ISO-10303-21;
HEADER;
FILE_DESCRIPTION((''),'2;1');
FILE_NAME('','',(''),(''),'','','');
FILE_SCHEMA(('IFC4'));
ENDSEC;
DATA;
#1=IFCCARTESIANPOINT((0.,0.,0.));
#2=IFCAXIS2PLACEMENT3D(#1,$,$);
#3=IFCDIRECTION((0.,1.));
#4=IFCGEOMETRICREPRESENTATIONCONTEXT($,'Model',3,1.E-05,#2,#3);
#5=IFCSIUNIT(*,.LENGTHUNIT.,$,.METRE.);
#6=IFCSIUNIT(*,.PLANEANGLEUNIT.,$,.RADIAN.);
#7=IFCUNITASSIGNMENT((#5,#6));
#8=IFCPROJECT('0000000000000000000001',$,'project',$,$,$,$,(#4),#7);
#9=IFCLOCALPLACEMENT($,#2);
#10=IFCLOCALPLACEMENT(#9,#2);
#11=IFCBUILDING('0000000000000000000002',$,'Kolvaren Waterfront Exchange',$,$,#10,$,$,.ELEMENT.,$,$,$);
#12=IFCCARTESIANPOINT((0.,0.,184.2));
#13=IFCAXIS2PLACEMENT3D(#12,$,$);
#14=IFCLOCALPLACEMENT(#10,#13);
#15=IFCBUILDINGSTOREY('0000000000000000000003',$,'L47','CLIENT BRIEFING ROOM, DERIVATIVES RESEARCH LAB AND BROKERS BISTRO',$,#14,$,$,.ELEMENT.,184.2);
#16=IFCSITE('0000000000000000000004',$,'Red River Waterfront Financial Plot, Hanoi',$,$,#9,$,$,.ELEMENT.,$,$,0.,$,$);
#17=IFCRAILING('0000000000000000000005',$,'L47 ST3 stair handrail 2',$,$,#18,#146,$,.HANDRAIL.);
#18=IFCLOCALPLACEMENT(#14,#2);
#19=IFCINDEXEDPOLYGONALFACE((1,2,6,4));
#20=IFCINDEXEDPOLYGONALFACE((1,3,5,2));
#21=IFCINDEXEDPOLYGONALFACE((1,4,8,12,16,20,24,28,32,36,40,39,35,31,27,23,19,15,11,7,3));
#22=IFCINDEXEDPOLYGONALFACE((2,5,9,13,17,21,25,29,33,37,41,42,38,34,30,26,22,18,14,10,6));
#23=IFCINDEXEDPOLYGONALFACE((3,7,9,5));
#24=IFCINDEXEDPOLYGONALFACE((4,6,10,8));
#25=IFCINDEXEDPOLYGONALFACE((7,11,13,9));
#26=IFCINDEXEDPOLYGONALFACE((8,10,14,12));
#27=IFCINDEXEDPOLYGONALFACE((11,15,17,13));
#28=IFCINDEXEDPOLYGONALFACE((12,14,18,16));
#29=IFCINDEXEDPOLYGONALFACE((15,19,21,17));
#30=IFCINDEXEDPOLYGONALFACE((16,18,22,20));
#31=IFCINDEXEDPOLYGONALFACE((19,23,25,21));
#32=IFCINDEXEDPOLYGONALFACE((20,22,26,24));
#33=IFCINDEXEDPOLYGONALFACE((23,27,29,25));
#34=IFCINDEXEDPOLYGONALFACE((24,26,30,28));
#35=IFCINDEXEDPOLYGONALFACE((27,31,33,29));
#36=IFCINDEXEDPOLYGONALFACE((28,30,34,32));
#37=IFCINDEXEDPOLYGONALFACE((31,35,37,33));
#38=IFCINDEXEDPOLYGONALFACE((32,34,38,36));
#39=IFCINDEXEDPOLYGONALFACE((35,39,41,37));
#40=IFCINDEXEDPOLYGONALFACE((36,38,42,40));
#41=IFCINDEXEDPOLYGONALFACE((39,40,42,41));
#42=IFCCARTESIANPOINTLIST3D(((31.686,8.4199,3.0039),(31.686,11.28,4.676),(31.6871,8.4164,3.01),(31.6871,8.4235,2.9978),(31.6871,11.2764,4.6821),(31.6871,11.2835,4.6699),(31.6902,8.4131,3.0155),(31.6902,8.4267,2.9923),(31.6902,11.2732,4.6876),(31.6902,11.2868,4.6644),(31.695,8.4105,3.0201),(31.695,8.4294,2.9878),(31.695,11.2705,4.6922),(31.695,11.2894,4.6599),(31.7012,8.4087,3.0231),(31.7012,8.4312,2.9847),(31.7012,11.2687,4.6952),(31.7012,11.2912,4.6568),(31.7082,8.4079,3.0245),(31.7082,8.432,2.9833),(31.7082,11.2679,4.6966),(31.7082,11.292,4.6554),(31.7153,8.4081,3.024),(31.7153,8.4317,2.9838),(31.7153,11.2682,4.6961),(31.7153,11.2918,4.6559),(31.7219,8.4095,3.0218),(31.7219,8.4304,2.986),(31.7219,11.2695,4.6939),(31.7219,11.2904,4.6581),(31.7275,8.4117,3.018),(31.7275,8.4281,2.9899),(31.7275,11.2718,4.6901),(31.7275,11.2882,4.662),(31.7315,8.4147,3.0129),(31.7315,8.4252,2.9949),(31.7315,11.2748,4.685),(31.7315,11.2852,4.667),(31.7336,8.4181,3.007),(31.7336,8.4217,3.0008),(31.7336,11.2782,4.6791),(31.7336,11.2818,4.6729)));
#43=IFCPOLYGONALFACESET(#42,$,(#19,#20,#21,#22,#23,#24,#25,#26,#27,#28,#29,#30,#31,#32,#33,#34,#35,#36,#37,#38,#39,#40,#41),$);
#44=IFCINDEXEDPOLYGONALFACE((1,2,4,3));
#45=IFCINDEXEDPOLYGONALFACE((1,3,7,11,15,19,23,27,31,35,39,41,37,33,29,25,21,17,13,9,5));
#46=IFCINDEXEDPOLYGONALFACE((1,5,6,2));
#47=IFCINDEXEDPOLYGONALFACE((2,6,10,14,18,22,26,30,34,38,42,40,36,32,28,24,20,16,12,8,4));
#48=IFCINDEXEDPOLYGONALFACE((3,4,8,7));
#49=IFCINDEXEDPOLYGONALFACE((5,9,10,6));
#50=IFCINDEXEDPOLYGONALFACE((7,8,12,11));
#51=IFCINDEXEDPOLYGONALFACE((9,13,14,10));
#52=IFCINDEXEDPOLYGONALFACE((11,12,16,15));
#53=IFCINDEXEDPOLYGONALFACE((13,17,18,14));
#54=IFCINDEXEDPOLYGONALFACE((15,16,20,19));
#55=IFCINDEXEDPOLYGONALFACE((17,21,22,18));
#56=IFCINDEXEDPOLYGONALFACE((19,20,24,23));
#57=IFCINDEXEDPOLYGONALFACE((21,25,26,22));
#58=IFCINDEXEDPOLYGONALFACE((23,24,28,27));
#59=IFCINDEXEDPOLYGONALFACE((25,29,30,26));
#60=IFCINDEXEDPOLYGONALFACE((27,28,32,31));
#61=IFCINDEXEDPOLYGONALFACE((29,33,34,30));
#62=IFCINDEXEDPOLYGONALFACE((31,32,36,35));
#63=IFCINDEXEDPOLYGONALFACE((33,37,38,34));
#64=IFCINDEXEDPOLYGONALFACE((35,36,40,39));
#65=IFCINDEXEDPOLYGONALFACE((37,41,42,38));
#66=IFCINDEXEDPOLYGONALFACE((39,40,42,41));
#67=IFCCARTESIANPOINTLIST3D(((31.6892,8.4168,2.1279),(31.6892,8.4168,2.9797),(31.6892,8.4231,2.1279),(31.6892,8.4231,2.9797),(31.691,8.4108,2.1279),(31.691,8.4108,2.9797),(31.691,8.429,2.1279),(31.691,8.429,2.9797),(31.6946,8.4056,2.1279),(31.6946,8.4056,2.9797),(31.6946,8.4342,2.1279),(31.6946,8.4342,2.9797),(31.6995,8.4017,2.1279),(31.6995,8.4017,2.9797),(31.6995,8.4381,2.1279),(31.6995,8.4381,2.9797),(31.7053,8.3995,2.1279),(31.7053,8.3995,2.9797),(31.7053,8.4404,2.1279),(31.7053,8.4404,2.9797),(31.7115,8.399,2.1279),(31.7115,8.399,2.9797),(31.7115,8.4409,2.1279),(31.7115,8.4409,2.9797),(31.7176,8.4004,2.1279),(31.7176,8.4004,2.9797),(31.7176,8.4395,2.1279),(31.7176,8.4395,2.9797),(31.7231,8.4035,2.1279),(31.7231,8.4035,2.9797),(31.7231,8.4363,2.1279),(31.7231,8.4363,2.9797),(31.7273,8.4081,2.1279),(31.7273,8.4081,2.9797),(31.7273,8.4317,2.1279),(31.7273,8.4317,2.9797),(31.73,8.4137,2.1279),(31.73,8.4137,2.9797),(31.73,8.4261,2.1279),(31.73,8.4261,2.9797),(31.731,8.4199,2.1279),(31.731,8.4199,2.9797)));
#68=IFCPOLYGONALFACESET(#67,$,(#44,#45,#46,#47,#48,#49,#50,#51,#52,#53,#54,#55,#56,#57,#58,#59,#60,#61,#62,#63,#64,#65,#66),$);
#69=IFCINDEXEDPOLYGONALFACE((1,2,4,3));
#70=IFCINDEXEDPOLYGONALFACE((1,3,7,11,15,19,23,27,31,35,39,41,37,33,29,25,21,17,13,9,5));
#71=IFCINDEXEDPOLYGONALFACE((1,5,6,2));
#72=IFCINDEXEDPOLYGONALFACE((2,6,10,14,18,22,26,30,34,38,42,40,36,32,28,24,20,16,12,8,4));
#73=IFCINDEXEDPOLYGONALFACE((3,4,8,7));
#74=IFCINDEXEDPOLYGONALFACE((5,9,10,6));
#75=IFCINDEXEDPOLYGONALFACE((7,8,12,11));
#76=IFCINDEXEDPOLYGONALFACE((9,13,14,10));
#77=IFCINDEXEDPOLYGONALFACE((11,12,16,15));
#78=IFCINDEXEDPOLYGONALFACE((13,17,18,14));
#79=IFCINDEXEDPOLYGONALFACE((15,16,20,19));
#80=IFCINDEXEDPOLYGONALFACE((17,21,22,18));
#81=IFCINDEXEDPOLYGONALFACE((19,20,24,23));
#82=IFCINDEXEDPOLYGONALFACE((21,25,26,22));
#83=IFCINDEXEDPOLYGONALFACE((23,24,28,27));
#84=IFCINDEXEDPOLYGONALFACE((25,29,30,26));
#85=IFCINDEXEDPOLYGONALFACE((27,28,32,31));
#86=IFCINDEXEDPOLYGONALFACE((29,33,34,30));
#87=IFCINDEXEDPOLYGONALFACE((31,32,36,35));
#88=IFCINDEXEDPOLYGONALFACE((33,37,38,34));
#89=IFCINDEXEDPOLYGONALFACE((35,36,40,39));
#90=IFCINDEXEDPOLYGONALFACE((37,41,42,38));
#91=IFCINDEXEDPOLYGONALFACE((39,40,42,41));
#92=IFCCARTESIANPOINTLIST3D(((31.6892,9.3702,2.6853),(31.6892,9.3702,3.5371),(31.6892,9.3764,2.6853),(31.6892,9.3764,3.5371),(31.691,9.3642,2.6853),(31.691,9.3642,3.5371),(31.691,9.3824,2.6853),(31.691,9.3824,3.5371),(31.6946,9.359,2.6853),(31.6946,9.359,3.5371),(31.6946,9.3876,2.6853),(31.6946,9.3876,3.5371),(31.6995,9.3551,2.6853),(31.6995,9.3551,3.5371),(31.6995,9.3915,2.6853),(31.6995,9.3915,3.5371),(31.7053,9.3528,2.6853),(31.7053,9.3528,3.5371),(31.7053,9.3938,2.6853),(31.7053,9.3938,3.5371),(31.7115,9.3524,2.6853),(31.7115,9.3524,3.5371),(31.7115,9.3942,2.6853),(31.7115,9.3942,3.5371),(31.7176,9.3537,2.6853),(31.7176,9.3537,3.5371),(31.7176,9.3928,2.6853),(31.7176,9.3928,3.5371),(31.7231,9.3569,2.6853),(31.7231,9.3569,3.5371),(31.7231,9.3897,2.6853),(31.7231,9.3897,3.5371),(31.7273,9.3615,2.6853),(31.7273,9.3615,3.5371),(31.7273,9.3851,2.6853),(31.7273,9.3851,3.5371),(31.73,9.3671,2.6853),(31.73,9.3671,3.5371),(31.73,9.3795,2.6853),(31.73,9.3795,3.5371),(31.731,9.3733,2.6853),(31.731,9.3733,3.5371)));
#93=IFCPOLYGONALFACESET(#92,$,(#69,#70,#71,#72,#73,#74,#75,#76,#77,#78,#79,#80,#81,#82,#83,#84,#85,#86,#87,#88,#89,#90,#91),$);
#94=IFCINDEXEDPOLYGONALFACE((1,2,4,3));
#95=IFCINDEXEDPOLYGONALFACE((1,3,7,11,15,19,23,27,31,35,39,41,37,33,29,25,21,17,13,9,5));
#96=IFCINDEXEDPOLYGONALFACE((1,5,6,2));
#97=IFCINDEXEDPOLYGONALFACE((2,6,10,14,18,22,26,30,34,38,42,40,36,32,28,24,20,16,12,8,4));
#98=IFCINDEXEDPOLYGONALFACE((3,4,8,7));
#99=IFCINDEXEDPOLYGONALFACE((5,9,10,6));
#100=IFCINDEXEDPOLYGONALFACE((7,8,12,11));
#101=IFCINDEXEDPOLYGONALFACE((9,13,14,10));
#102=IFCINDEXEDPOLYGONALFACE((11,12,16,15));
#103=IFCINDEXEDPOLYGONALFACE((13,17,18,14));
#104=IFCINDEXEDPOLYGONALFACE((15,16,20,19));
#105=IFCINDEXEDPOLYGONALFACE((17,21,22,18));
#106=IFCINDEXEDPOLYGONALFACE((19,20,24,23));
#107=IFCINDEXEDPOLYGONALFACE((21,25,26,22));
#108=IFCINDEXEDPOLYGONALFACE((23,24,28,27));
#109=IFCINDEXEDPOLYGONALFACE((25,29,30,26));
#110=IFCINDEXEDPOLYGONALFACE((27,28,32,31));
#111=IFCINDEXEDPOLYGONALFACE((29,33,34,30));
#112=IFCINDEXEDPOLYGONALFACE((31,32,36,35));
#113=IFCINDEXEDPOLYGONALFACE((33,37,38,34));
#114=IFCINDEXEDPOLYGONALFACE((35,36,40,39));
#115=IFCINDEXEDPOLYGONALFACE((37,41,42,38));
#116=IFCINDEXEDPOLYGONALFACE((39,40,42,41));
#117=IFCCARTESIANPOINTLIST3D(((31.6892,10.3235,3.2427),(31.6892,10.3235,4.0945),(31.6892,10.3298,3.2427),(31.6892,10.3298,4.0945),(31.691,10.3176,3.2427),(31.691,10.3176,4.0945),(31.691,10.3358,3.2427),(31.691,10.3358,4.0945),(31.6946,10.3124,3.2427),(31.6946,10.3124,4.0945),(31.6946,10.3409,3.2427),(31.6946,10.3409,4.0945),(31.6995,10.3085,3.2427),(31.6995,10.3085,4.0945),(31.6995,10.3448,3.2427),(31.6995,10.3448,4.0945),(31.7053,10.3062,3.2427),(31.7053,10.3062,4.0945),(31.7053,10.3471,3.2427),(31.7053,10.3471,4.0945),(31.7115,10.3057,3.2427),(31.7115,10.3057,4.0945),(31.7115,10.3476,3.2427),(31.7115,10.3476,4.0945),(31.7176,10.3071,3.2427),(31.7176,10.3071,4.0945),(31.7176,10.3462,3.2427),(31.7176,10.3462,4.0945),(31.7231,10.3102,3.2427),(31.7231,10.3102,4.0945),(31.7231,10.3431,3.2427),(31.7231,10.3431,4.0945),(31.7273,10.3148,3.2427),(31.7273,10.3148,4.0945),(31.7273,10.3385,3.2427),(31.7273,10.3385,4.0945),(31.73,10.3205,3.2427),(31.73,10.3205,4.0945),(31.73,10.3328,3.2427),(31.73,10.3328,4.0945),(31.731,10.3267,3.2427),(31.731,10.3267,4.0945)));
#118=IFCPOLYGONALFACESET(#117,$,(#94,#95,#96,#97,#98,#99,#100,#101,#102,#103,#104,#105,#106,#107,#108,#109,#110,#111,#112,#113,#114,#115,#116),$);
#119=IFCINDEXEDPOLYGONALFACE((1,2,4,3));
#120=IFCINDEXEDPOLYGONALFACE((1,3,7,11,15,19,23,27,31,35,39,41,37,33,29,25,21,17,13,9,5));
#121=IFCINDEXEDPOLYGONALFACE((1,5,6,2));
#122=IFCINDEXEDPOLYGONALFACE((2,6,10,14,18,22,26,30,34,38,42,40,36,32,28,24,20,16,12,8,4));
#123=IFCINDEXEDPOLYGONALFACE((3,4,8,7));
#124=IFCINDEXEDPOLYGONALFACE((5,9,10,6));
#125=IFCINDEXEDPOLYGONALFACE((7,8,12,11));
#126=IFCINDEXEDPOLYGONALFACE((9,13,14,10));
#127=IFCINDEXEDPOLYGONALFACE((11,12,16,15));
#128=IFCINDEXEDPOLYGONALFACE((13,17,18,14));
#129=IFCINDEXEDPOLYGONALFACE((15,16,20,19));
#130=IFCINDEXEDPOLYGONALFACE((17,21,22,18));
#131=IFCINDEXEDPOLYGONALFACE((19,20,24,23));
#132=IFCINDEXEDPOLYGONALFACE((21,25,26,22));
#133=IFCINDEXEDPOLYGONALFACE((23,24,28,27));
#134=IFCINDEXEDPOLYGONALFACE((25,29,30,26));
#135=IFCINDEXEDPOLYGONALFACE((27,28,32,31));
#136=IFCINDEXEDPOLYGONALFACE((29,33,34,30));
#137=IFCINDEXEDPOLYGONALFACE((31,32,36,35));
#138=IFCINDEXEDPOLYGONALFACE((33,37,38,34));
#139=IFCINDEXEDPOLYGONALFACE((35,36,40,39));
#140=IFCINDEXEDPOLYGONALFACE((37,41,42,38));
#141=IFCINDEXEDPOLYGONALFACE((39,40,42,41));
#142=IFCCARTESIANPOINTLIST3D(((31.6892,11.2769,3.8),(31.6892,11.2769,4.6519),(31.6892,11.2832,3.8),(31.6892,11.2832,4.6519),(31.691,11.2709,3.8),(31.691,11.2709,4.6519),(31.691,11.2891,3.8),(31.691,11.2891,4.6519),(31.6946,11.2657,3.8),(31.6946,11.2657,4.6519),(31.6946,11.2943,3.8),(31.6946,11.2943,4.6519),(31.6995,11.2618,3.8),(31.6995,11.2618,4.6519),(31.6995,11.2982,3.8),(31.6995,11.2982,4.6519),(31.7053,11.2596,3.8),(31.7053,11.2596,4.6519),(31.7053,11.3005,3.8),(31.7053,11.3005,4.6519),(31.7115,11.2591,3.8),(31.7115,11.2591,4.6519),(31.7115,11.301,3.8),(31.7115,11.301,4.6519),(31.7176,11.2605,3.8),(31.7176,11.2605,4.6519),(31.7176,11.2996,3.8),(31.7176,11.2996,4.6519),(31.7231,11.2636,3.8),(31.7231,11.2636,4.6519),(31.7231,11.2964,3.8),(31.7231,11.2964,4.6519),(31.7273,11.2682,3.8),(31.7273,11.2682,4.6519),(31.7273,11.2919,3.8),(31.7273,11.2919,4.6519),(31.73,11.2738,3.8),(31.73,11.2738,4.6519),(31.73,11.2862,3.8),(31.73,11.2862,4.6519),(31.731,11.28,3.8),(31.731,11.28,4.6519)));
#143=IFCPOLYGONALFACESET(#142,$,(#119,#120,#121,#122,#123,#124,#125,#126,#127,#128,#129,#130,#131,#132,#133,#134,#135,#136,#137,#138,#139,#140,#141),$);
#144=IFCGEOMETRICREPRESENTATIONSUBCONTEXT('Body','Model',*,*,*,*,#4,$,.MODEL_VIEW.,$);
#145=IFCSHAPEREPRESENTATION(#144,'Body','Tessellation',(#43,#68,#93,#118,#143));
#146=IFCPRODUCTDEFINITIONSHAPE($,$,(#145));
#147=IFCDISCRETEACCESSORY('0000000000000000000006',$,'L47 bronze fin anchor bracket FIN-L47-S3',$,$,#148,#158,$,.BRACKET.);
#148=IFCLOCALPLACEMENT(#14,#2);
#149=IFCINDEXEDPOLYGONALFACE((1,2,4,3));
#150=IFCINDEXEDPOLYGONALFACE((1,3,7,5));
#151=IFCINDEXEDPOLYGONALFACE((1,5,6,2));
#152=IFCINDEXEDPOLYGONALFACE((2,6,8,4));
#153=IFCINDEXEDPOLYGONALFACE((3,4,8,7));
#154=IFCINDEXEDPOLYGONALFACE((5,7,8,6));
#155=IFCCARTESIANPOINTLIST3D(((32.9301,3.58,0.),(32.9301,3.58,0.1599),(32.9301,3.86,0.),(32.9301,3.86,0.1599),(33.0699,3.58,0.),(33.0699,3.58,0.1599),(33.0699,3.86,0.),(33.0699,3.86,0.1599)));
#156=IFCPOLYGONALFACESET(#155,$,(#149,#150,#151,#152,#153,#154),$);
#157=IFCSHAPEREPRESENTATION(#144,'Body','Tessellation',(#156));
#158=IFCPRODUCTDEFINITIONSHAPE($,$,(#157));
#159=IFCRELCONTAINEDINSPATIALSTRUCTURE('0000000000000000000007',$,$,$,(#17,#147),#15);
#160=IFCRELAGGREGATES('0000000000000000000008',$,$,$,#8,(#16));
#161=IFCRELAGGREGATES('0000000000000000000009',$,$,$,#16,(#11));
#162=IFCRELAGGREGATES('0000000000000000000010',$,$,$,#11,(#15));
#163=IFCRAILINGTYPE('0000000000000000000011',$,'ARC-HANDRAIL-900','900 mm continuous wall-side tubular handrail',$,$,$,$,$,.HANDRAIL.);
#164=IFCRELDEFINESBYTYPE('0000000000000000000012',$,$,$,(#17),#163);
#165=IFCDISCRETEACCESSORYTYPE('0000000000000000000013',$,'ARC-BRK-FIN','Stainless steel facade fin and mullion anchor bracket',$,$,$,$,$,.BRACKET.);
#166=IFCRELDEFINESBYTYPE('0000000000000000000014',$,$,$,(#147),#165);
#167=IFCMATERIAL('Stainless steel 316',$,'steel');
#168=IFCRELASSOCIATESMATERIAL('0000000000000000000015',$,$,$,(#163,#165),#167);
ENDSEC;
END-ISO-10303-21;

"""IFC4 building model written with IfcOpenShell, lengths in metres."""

from ifc_helpers import new_model, si_unit, direction, frame, origin, origin_with_axes, origin_2d, place, context, subcontext, project, spatial, rectangle, circle, extrude, source, transform, mapped, material, type_object, element, save


model = new_model("IFC4")

# Units and contexts
model_context = context("Model", 3, precision=1e-05, world=origin(), true_north=direction((0.0, 1.0)))
body_context = subcontext(model_context, "Body", "Model", "MODEL_VIEW")
ifc_project = project(units=[si_unit("LENGTHUNIT", "METRE"), si_unit("PLANEANGLEUNIT", "RADIAN")], contexts=[model_context])

# Site, building, storey
site_placement = place(None, origin())
site = spatial("IfcSite", under=ifc_project, at=site_placement, Name="Red River Waterfront Financial Plot, Hanoi", CompositionType="ELEMENT", RefElevation=0.0)
building_placement = place(site_placement, origin())
building = spatial("IfcBuilding", under=site, at=building_placement, Name="Kolvaren Waterfront Exchange", CompositionType="ELEMENT")
storey_placement = place(building_placement, frame((0.0, 0.0, 184.2)))
storey = spatial("IfcBuildingStorey", under=building, at=storey_placement, Name="L47", Description="CLIENT BRIEFING ROOM, DERIVATIVES RESEARCH LAB AND BROKERS BISTRO", CompositionType="ELEMENT", Elevation=184.2)

# Railing
ifc_material_1 = material(Name="Stainless steel 316", Category="steel")
railing_type_1 = type_object("IfcRailingType", Name="ARC-HANDRAIL-900", Description="900 mm continuous wall-side tubular handrail", PredefinedType="HANDRAIL", material=ifc_material_1)
railing_1_placement = place(storey_placement, frame((31.71, 8.4199, 2.1279)))
element("IfcRailing", 1, at=railing_1_placement, inside=storey, type_object=railing_type_1, Name="L47 ST3 stair handrail 2", PredefinedType="HANDRAIL", context=body_context, shape_type="SweptSolid", body=[
    extrude(circle(Radius=0.0239, at=origin_2d()), frame((0.0, 0.0, 0.876), z_axis=(0.0, 0.863289, 0.504709), x_axis=(-1.0, 0.0, 0.0)), (0.0, 0.0, 1.0), 3.313),
    extrude(circle(Radius=0.021, at=origin_2d()), origin(), (0.0, 0.0, 1.0), 0.8518),
    extrude(circle(Radius=0.021, at=origin_2d()), frame((0.0, 0.9534, 0.5574)), (0.0, 0.0, 1.0), 0.8518),
    extrude(circle(Radius=0.021, at=origin_2d()), frame((0.0, 1.9067, 1.1147)), (0.0, 0.0, 1.0), 0.8518),
    extrude(circle(Radius=0.021, at=origin_2d()), frame((0.0, 2.8601, 1.6721)), (0.0, 0.0, 1.0), 0.8518),
])

# Discrete accessory
discrete_accessory_type = type_object("IfcDiscreteAccessoryType", Name="ARC-BRK-FIN", Description="Stainless steel facade fin and mullion anchor bracket", PredefinedType="BRACKET", material=ifc_material_1)
shared_shape_1 = source(origin_with_axes(), body_context, "Body", "SweptSolid", [
    extrude(rectangle(XDim=0.28, YDim=0.1399, at=origin_2d()), origin(), (0.0, 0.0, 1.0), 0.1599),
])
discrete_accessory_placement = place(storey_placement, frame((33.0, 3.72, 0.0), z_axis=(0.0, 0.0, 1.0), x_axis=(0.0, -1.0, 0.0)))
element("IfcDiscreteAccessory", 2, at=discrete_accessory_placement, inside=storey, type_object=discrete_accessory_type, Name="L47 bronze fin anchor bracket FIN-L47-S3", PredefinedType="BRACKET", context=body_context, shape_type="MappedRepresentation", body=[
    mapped(shared_shape_1, transform((0.0, 0.0, 0.0), x_axis=(1.0, 0.0, 0.0), y_axis=(0.0, 1.0, 0.0), z_axis=(0.0, 0.0, 1.0), scale=1.0)),
])

save(model, "model.ifc")
